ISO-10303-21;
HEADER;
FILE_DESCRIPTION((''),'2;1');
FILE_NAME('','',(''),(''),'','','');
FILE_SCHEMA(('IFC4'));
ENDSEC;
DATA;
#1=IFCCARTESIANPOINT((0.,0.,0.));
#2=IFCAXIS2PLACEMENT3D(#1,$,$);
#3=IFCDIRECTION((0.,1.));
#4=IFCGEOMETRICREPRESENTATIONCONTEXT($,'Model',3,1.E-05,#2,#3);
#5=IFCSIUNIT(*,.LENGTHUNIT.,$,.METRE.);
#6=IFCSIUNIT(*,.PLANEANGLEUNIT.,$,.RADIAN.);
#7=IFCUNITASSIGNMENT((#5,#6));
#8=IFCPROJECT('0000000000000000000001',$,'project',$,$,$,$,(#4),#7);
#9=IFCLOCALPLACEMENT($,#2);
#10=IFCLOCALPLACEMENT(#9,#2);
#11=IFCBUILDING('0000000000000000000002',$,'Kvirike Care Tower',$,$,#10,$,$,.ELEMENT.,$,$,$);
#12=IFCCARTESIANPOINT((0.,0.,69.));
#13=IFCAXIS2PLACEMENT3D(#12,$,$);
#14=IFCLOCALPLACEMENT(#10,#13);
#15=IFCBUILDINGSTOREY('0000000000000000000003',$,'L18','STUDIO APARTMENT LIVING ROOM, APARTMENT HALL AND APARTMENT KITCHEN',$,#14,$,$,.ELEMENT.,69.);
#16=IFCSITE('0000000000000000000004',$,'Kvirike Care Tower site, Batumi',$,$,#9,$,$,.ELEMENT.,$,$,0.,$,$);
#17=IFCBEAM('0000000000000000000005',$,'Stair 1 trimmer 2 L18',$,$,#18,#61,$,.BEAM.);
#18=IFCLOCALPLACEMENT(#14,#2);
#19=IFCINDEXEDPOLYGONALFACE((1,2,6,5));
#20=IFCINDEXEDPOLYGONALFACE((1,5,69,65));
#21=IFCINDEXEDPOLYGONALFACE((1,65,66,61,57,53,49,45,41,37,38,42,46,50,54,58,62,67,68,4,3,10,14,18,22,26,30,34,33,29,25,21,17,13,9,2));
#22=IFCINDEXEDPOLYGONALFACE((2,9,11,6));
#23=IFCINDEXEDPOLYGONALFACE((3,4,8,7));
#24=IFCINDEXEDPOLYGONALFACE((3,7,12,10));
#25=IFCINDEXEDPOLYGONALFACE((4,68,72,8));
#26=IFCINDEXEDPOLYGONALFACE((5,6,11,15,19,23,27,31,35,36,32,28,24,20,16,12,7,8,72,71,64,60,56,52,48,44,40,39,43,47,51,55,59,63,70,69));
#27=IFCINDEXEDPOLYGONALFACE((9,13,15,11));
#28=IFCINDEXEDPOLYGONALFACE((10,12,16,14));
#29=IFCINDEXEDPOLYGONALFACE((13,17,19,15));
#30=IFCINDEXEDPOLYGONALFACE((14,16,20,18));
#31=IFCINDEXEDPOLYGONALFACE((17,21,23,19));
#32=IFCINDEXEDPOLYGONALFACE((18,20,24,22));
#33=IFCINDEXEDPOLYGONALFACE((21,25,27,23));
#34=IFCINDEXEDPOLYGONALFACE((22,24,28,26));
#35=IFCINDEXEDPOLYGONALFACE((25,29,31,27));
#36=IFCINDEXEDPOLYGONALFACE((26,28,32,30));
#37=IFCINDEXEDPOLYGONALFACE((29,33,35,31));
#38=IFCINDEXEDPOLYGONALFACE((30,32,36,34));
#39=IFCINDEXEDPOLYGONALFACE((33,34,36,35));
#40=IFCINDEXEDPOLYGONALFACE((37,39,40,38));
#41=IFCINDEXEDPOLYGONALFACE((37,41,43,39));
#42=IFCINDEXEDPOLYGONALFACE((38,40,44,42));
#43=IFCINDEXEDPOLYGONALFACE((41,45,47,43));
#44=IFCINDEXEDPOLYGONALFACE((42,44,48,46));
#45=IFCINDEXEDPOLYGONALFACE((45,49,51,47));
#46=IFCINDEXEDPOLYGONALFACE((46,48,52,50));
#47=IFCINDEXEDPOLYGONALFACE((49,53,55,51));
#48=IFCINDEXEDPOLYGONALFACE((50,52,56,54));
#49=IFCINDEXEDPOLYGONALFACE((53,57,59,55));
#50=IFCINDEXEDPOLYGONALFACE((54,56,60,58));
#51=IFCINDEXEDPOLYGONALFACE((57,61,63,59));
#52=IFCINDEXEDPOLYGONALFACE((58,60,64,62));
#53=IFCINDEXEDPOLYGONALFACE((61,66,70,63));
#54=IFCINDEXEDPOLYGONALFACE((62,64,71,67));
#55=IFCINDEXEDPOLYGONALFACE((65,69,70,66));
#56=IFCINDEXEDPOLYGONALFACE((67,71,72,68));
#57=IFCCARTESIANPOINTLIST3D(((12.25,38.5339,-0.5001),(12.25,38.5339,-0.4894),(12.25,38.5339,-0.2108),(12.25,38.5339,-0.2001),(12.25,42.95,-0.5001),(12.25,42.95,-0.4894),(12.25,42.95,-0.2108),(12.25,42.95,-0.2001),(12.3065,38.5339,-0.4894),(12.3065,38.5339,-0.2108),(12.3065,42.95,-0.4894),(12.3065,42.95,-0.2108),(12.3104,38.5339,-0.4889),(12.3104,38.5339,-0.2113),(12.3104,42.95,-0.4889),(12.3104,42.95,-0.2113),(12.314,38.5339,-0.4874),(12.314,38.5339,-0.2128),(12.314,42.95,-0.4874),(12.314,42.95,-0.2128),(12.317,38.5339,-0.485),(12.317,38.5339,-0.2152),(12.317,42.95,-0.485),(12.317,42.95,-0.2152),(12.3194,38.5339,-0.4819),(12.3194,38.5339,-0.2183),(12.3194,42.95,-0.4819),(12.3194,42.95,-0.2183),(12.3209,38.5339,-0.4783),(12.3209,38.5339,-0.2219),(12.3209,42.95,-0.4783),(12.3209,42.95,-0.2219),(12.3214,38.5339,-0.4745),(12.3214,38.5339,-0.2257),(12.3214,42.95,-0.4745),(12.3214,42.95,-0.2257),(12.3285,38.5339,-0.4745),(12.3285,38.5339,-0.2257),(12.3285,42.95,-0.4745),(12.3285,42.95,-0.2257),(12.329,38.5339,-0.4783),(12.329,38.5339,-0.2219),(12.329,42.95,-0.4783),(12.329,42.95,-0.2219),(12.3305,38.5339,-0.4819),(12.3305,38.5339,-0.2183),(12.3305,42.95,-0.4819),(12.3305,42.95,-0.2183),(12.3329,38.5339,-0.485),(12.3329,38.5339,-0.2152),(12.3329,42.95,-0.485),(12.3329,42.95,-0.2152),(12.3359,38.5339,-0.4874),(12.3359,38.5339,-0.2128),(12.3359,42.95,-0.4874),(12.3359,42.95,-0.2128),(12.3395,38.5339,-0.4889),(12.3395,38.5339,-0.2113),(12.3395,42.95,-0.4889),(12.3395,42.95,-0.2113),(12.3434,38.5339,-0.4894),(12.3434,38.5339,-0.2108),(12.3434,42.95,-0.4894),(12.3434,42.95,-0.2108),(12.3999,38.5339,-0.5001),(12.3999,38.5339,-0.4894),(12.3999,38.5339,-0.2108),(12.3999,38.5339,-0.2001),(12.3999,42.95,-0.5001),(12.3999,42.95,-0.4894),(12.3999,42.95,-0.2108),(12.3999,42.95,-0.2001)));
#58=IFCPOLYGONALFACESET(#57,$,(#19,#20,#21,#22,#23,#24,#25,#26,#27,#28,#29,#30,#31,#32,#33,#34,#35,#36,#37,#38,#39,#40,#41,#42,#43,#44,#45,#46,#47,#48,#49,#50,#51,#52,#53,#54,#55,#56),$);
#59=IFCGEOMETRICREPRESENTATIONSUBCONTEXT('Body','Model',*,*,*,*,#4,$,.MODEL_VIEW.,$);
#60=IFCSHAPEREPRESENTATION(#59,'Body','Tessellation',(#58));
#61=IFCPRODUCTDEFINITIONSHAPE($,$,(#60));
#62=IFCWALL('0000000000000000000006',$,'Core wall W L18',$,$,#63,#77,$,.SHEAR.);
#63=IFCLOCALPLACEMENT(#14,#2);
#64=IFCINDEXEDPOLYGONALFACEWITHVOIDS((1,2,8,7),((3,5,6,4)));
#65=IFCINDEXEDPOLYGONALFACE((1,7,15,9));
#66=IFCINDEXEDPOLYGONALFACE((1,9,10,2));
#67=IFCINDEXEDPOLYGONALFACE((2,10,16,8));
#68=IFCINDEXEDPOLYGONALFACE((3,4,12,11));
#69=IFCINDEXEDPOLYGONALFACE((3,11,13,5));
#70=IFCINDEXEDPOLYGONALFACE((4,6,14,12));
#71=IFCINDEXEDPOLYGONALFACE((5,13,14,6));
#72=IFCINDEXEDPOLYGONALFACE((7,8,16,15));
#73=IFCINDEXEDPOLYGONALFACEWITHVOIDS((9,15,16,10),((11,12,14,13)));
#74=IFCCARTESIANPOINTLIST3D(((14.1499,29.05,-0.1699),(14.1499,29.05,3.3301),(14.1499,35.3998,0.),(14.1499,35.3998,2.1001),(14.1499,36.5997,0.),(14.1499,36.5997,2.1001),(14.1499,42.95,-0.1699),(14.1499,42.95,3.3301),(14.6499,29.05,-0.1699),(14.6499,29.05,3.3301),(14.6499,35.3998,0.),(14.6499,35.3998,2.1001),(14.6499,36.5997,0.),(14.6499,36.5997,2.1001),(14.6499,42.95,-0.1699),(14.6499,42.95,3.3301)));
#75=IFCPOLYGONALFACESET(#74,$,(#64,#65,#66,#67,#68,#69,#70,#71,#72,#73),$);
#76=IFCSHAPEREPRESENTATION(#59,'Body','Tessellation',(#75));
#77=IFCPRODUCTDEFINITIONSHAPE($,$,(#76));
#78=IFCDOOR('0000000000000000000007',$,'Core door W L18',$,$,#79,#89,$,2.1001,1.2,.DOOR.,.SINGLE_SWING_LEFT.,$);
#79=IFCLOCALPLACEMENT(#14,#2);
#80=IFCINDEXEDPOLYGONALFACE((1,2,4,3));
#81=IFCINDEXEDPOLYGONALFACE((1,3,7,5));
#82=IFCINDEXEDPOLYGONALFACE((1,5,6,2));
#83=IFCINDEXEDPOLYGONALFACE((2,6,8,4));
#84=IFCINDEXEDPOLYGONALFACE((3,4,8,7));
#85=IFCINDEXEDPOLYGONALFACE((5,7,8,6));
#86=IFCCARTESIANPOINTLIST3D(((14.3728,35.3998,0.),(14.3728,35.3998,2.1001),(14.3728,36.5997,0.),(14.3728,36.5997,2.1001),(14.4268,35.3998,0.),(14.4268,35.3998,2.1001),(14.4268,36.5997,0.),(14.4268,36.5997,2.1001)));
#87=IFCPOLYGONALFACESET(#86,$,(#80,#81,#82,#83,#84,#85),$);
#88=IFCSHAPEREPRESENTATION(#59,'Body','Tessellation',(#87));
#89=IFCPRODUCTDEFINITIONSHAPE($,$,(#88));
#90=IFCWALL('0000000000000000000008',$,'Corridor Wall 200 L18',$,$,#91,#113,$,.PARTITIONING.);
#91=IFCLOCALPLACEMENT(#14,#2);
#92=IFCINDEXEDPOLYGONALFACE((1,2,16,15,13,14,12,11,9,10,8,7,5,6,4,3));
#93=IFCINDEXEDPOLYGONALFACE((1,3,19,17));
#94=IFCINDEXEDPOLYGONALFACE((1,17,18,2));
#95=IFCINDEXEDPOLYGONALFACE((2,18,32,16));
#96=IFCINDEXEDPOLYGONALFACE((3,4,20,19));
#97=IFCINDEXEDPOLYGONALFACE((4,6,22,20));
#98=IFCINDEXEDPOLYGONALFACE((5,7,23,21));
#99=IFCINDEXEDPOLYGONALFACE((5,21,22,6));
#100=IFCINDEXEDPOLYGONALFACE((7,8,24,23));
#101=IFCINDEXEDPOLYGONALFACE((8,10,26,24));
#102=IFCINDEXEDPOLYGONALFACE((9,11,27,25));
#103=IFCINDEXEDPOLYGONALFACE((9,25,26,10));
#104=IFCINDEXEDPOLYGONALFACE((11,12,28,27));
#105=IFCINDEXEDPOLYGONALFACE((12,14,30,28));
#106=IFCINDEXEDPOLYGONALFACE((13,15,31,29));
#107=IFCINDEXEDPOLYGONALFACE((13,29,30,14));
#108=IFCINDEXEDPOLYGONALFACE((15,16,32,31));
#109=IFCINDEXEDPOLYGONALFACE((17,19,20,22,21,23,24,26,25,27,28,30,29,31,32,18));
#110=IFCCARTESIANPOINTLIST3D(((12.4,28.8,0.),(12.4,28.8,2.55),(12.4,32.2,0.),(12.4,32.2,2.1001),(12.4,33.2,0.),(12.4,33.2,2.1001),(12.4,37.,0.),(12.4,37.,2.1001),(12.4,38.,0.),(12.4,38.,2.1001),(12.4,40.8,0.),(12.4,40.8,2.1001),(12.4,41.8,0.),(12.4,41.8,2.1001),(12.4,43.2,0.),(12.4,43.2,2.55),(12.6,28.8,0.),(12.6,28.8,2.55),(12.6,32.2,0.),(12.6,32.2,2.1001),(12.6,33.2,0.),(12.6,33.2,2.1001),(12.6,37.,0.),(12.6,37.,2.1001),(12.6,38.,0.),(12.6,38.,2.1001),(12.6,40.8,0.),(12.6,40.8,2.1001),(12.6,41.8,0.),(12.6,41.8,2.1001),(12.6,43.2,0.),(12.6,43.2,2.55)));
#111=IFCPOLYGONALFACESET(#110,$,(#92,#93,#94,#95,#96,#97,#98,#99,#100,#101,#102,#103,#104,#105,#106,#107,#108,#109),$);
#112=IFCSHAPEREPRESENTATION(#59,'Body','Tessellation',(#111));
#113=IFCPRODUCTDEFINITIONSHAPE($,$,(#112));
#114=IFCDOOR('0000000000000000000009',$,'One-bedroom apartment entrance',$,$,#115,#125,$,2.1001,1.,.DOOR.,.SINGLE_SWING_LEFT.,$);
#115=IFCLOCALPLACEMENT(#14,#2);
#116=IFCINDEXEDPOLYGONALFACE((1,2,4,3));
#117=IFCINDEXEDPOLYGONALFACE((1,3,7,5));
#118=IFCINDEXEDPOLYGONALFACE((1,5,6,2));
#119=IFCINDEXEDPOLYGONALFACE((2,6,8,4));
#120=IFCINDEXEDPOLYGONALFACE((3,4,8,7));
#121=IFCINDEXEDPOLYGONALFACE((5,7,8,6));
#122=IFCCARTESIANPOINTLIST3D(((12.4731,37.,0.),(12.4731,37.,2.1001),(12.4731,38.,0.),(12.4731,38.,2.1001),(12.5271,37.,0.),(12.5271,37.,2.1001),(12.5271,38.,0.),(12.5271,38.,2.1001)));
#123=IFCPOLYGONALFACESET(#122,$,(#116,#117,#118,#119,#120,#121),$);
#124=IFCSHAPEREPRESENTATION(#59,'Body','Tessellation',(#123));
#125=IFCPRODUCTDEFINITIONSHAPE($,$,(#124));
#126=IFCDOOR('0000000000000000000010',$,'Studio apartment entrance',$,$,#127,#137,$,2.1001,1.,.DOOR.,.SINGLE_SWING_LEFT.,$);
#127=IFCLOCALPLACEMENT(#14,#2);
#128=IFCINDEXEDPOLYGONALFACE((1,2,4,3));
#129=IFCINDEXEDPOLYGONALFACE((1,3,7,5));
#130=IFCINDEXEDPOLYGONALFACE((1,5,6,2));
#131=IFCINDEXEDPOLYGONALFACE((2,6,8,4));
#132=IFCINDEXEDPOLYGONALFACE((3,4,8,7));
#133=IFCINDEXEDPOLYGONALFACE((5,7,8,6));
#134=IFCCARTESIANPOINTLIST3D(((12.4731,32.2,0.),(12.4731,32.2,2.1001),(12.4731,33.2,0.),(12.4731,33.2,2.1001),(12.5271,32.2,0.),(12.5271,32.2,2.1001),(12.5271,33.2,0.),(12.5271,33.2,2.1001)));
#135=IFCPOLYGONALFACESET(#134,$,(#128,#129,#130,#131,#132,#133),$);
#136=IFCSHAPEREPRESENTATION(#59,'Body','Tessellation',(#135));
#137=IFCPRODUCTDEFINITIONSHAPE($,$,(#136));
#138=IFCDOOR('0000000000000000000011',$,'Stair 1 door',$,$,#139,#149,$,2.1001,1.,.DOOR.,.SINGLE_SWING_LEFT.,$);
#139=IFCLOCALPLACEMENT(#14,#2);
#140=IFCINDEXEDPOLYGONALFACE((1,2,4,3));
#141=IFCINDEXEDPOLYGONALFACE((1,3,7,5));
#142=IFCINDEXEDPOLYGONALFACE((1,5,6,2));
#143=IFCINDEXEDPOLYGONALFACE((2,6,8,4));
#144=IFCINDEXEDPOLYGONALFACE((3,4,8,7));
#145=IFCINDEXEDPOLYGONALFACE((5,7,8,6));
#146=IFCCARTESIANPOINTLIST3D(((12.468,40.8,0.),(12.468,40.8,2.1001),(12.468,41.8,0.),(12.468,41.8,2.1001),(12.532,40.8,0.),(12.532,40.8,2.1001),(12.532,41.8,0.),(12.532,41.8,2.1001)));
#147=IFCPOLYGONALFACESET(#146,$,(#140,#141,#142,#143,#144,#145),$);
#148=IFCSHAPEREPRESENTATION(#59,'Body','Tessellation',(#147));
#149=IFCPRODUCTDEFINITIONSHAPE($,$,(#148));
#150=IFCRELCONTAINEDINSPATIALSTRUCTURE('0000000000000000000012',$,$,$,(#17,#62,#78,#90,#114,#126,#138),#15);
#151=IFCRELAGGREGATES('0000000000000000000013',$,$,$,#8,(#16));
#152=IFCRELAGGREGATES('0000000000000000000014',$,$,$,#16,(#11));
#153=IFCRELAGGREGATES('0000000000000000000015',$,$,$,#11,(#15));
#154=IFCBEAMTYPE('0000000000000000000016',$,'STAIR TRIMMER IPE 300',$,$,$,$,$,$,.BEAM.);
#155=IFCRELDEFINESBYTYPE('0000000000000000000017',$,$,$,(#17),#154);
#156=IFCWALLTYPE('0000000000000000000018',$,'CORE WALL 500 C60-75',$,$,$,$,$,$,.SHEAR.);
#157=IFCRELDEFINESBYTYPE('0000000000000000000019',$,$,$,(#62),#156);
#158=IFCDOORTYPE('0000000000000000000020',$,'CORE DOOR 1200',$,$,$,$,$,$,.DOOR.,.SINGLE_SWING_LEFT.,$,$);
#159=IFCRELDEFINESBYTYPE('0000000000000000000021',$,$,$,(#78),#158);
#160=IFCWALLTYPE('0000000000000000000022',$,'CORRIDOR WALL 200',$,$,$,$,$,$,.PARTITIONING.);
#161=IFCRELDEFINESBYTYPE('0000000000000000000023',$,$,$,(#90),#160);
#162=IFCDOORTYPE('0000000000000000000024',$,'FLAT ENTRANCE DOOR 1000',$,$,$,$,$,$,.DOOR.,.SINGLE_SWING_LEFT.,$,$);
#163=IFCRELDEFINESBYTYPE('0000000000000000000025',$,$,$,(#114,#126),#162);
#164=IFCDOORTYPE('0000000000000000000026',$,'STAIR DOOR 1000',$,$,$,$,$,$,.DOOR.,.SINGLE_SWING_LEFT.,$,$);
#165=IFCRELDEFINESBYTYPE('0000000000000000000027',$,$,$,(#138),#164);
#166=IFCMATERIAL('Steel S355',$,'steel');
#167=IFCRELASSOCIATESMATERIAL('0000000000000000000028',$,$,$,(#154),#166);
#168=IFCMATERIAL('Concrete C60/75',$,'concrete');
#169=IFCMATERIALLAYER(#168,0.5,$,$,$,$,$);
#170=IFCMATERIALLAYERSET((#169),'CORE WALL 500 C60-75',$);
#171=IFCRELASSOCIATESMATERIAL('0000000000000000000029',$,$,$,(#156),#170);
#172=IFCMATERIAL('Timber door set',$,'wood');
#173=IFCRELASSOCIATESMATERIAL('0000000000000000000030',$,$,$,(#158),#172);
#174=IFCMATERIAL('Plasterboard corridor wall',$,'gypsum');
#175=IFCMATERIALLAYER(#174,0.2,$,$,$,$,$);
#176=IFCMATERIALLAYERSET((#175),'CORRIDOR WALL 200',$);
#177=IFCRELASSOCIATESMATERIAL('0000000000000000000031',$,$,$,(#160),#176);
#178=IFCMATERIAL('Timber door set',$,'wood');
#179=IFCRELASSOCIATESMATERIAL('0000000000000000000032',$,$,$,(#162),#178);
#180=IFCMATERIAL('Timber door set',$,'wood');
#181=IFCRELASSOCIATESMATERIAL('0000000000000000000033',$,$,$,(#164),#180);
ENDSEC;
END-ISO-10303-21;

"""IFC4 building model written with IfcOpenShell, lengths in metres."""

from ifc_helpers import new_model, si_unit, direction, frame, frame_2d, origin, origin_2d, place, context, subcontext, project, spatial, rectangle, i_section, extrude, material, layer, layer_set, material_profile, profile_set, type_object, element, fill, save


model = new_model("IFC4")

# Units and contexts
model_context = context("Model", 3, precision=1e-05, world=origin(), true_north=direction((0.0, 1.0)))
body_context = subcontext(model_context, "Body", "Model", "MODEL_VIEW")
ifc_project = project(units=[si_unit("LENGTHUNIT", "METRE"), si_unit("PLANEANGLEUNIT", "RADIAN")], contexts=[model_context])

# Site, building, storey
site_placement = place(None, origin())
site = spatial("IfcSite", under=ifc_project, at=site_placement, Name="Kvirike Care Tower site, Batumi", CompositionType="ELEMENT", RefElevation=0.0)
building_placement = place(site_placement, origin())
building = spatial("IfcBuilding", under=site, at=building_placement, Name="Kvirike Care Tower", CompositionType="ELEMENT")
storey_placement = place(building_placement, frame((0.0, 0.0, 69.0)))
storey = spatial("IfcBuildingStorey", under=building, at=storey_placement, Name="L18", Description="STUDIO APARTMENT LIVING ROOM, APARTMENT HALL AND APARTMENT KITCHEN", CompositionType="ELEMENT", Elevation=69.0)

# Beam
ifc_material_1 = material(Name="Steel S355", Category="steel")
ifc_material_profile_1 = material_profile(ifc_material_1, i_section(OverallWidth=0.1499, OverallDepth=0.3, WebThickness=0.0071, FlangeThickness=0.0107, FilletRadius=0.0149, at=origin_2d()), Name="IPE 300")
ifc_profile_set_1 = profile_set([ifc_material_profile_1], Name="Steel S355")
beam_type_1 = type_object("IfcBeamType", Name="STAIR TRIMMER IPE 300", PredefinedType="BEAM", material=ifc_profile_set_1)
for number, where, z_axis, x_axis, name in (
    (1, (12.325, 42.95, -0.3501), (0.0, -1.0, 0.0), (1.0, 0.0, 0.0), "Stair 1 trimmer 2 L18"),
):
    element("IfcBeam", number, at=place(storey_placement, frame(where, z_axis=z_axis, x_axis=x_axis)), inside=storey, type_object=beam_type_1, Name=name, PredefinedType="BEAM", context=body_context, shape_type="SweptSolid", body=[
        extrude(i_section(OverallWidth=0.1499, OverallDepth=0.3, WebThickness=0.0071, FlangeThickness=0.0107, FilletRadius=0.0149, at=origin_2d()), origin(), (0.0, 0.0, 1.0), 4.416),
    ])

# Wall, opening, door
ifc_material_2 = material(Name="Concrete C60/75", Category="concrete")
ifc_layer_1 = layer(ifc_material_2, 0.5)
ifc_layer_set_1 = layer_set([ifc_layer_1], Name="CORE WALL 500 C60-75")
wall_type_1 = type_object("IfcWallType", Name="CORE WALL 500 C60-75", PredefinedType="SHEAR", material=ifc_layer_set_1)
wall_1_placement = place(storey_placement, frame((14.3999, 42.95, -0.1699), z_axis=(0.0, 0.0, 1.0), x_axis=(0.0, -1.0, 0.0)))
wall_1 = element("IfcWall", 2, at=wall_1_placement, inside=storey, type_object=wall_type_1, Name="Core wall W L18", PredefinedType="SHEAR", context=body_context, shape_type="SweptSolid", body=[
    extrude(rectangle(XDim=13.8999, YDim=0.5, at=frame_2d((6.95, 0.0))), origin(), (0.0, 0.0, 1.0), 3.5),
])
opening_1_placement = place(wall_1_placement, frame((6.3501, 0.0, 0.1699)))
opening_1 = element("IfcOpeningElement", 3, at=opening_1_placement, cuts=wall_1, PredefinedType="OPENING", context=body_context, shape_type="SweptSolid", body=[
    extrude(rectangle(XDim=1.2, YDim=2.1001, at=frame_2d((0.6001, 1.05))), frame((0.0, 0.2605, 0.0), z_axis=(0.0, -1.0, 0.0), x_axis=(1.0, 0.0, 0.0)), (0.0, 0.0, 1.0), 0.521),
])
ifc_material_3 = material(Name="Timber door set", Category="wood")
door_type_1 = type_object("IfcDoorType", Name="CORE DOOR 1200", OperationType="SINGLE_SWING_LEFT", PredefinedType="DOOR", material=ifc_material_3)
door_1_placement = place(opening_1_placement, origin())
door_1 = element("IfcDoor", 4, at=door_1_placement, inside=storey, type_object=door_type_1, Name="Core door W L18", OperationType="SINGLE_SWING_LEFT", OverallHeight=2.1001, OverallWidth=1.2, PredefinedType="DOOR", context=body_context, shape_type="SweptSolid", body=[
    extrude(rectangle(XDim=1.2, YDim=2.1001, at=frame_2d((0.6001, 1.05))), frame((0.0, 0.0269, 0.0), z_axis=(0.0, -1.0, 0.0), x_axis=(1.0, 0.0, 0.0)), (0.0, 0.0, 1.0), 0.054),
])
fill(opening_1, door_1)

# Wall, openings, doors
ifc_material_4 = material(Name="Plasterboard corridor wall", Category="gypsum")
ifc_layer_2 = layer(ifc_material_4, 0.2)
ifc_layer_set_2 = layer_set([ifc_layer_2], Name="CORRIDOR WALL 200")
wall_type_2 = type_object("IfcWallType", Name="CORRIDOR WALL 200", PredefinedType="PARTITIONING", material=ifc_layer_set_2)
wall_2_placement = place(storey_placement, frame((12.5, 43.2, 0.0), z_axis=(0.0, 0.0, 1.0), x_axis=(0.0, -1.0, 0.0)))
wall_2 = element("IfcWall", 5, at=wall_2_placement, inside=storey, type_object=wall_type_2, Name="Corridor Wall 200 L18", PredefinedType="PARTITIONING", context=body_context, shape_type="SweptSolid", body=[
    extrude(rectangle(XDim=14.3999, YDim=0.2, at=frame_2d((7.2, 0.0))), origin(), (0.0, 0.0, 1.0), 2.55),
])
opening_2_placement = place(wall_2_placement, frame((1.3999, 0.0, 0.0)))
opening_2 = element("IfcOpeningElement", 6, at=opening_2_placement, cuts=wall_2, PredefinedType="OPENING", context=body_context, shape_type="SweptSolid", body=[
    extrude(rectangle(XDim=1.0, YDim=2.1001, at=frame_2d((0.5, 1.05))), frame((0.0, 0.1106, 0.0), z_axis=(0.0, -1.0, 0.0), x_axis=(1.0, 0.0, 0.0)), (0.0, 0.0, 1.0), 0.2209),
])
opening_3_placement = place(wall_2_placement, frame((5.2, 0.0, 0.0)))
opening_3 = element("IfcOpeningElement", 7, at=opening_3_placement, cuts=wall_2, PredefinedType="OPENING", context=body_context, shape_type="SweptSolid", body=[
    extrude(rectangle(XDim=1.0, YDim=2.1001, at=frame_2d((0.5, 1.05))), frame((0.0, 0.1106, 0.0), z_axis=(0.0, -1.0, 0.0), x_axis=(1.0, 0.0, 0.0)), (0.0, 0.0, 1.0), 0.2209),
])
opening_4_placement = place(wall_2_placement, frame((10.0, 0.0, 0.0)))
opening_4 = element("IfcOpeningElement", 8, at=opening_4_placement, cuts=wall_2, PredefinedType="OPENING", context=body_context, shape_type="SweptSolid", body=[
    extrude(rectangle(XDim=1.0, YDim=2.1001, at=frame_2d((0.5, 1.05))), frame((0.0, 0.1106, 0.0), z_axis=(0.0, -1.0, 0.0), x_axis=(1.0, 0.0, 0.0)), (0.0, 0.0, 1.0), 0.2209),
])
ifc_material_5 = material(Name="Timber door set", Category="wood")
door_type_2 = type_object("IfcDoorType", Name="FLAT ENTRANCE DOOR 1000", OperationType="SINGLE_SWING_LEFT", PredefinedType="DOOR", material=ifc_material_5)
door_2_placement = place(opening_3_placement, frame((1.0, 0.0, 0.0), z_axis=(0.0, 0.0, 1.0), x_axis=(-1.0, 0.0, 0.0)))
door_2 = element("IfcDoor", 9, at=door_2_placement, inside=storey, type_object=door_type_2, Name="One-bedroom apartment entrance", OperationType="SINGLE_SWING_LEFT", OverallHeight=2.1001, OverallWidth=1.0, PredefinedType="DOOR", context=body_context, shape_type="SweptSolid", body=[
    extrude(rectangle(XDim=1.0, YDim=2.1001, at=frame_2d((0.5, 1.05))), frame((0.0, 0.0269, 0.0), z_axis=(0.0, -1.0, 0.0), x_axis=(1.0, 0.0, 0.0)), (0.0, 0.0, 1.0), 0.054),
])
fill(opening_3, door_2)
door_3_placement = place(opening_4_placement, frame((1.0, 0.0, 0.0), z_axis=(0.0, 0.0, 1.0), x_axis=(-1.0, 0.0, 0.0)))
door_3 = element("IfcDoor", 10, at=door_3_placement, inside=storey, type_object=door_type_2, Name="Studio apartment entrance", OperationType="SINGLE_SWING_LEFT", OverallHeight=2.1001, OverallWidth=1.0, PredefinedType="DOOR", context=body_context, shape_type="SweptSolid", body=[
    extrude(rectangle(XDim=1.0, YDim=2.1001, at=frame_2d((0.5, 1.05))), frame((0.0, 0.0269, 0.0), z_axis=(0.0, -1.0, 0.0), x_axis=(1.0, 0.0, 0.0)), (0.0, 0.0, 1.0), 0.054),
])
fill(opening_4, door_3)
ifc_material_6 = material(Name="Timber door set", Category="wood")
door_type_3 = type_object("IfcDoorType", Name="STAIR DOOR 1000", OperationType="SINGLE_SWING_LEFT", PredefinedType="DOOR", material=ifc_material_6)
door_4_placement = place(opening_2_placement, frame((1.0, 0.0, 0.0), z_axis=(0.0, 0.0, 1.0), x_axis=(-1.0, 0.0, 0.0)))
door_4 = element("IfcDoor", 11, at=door_4_placement, inside=storey, type_object=door_type_3, Name="Stair 1 door", OperationType="SINGLE_SWING_LEFT", OverallHeight=2.1001, OverallWidth=1.0, PredefinedType="DOOR", context=body_context, shape_type="SweptSolid", body=[
    extrude(rectangle(XDim=1.0, YDim=2.1001, at=frame_2d((0.5, 1.05))), frame((0.0, 0.032, 0.0), z_axis=(0.0, -1.0, 0.0), x_axis=(1.0, 0.0, 0.0)), (0.0, 0.0, 1.0), 0.064),
])
fill(opening_2, door_4)

save(model, "model.ifc")
